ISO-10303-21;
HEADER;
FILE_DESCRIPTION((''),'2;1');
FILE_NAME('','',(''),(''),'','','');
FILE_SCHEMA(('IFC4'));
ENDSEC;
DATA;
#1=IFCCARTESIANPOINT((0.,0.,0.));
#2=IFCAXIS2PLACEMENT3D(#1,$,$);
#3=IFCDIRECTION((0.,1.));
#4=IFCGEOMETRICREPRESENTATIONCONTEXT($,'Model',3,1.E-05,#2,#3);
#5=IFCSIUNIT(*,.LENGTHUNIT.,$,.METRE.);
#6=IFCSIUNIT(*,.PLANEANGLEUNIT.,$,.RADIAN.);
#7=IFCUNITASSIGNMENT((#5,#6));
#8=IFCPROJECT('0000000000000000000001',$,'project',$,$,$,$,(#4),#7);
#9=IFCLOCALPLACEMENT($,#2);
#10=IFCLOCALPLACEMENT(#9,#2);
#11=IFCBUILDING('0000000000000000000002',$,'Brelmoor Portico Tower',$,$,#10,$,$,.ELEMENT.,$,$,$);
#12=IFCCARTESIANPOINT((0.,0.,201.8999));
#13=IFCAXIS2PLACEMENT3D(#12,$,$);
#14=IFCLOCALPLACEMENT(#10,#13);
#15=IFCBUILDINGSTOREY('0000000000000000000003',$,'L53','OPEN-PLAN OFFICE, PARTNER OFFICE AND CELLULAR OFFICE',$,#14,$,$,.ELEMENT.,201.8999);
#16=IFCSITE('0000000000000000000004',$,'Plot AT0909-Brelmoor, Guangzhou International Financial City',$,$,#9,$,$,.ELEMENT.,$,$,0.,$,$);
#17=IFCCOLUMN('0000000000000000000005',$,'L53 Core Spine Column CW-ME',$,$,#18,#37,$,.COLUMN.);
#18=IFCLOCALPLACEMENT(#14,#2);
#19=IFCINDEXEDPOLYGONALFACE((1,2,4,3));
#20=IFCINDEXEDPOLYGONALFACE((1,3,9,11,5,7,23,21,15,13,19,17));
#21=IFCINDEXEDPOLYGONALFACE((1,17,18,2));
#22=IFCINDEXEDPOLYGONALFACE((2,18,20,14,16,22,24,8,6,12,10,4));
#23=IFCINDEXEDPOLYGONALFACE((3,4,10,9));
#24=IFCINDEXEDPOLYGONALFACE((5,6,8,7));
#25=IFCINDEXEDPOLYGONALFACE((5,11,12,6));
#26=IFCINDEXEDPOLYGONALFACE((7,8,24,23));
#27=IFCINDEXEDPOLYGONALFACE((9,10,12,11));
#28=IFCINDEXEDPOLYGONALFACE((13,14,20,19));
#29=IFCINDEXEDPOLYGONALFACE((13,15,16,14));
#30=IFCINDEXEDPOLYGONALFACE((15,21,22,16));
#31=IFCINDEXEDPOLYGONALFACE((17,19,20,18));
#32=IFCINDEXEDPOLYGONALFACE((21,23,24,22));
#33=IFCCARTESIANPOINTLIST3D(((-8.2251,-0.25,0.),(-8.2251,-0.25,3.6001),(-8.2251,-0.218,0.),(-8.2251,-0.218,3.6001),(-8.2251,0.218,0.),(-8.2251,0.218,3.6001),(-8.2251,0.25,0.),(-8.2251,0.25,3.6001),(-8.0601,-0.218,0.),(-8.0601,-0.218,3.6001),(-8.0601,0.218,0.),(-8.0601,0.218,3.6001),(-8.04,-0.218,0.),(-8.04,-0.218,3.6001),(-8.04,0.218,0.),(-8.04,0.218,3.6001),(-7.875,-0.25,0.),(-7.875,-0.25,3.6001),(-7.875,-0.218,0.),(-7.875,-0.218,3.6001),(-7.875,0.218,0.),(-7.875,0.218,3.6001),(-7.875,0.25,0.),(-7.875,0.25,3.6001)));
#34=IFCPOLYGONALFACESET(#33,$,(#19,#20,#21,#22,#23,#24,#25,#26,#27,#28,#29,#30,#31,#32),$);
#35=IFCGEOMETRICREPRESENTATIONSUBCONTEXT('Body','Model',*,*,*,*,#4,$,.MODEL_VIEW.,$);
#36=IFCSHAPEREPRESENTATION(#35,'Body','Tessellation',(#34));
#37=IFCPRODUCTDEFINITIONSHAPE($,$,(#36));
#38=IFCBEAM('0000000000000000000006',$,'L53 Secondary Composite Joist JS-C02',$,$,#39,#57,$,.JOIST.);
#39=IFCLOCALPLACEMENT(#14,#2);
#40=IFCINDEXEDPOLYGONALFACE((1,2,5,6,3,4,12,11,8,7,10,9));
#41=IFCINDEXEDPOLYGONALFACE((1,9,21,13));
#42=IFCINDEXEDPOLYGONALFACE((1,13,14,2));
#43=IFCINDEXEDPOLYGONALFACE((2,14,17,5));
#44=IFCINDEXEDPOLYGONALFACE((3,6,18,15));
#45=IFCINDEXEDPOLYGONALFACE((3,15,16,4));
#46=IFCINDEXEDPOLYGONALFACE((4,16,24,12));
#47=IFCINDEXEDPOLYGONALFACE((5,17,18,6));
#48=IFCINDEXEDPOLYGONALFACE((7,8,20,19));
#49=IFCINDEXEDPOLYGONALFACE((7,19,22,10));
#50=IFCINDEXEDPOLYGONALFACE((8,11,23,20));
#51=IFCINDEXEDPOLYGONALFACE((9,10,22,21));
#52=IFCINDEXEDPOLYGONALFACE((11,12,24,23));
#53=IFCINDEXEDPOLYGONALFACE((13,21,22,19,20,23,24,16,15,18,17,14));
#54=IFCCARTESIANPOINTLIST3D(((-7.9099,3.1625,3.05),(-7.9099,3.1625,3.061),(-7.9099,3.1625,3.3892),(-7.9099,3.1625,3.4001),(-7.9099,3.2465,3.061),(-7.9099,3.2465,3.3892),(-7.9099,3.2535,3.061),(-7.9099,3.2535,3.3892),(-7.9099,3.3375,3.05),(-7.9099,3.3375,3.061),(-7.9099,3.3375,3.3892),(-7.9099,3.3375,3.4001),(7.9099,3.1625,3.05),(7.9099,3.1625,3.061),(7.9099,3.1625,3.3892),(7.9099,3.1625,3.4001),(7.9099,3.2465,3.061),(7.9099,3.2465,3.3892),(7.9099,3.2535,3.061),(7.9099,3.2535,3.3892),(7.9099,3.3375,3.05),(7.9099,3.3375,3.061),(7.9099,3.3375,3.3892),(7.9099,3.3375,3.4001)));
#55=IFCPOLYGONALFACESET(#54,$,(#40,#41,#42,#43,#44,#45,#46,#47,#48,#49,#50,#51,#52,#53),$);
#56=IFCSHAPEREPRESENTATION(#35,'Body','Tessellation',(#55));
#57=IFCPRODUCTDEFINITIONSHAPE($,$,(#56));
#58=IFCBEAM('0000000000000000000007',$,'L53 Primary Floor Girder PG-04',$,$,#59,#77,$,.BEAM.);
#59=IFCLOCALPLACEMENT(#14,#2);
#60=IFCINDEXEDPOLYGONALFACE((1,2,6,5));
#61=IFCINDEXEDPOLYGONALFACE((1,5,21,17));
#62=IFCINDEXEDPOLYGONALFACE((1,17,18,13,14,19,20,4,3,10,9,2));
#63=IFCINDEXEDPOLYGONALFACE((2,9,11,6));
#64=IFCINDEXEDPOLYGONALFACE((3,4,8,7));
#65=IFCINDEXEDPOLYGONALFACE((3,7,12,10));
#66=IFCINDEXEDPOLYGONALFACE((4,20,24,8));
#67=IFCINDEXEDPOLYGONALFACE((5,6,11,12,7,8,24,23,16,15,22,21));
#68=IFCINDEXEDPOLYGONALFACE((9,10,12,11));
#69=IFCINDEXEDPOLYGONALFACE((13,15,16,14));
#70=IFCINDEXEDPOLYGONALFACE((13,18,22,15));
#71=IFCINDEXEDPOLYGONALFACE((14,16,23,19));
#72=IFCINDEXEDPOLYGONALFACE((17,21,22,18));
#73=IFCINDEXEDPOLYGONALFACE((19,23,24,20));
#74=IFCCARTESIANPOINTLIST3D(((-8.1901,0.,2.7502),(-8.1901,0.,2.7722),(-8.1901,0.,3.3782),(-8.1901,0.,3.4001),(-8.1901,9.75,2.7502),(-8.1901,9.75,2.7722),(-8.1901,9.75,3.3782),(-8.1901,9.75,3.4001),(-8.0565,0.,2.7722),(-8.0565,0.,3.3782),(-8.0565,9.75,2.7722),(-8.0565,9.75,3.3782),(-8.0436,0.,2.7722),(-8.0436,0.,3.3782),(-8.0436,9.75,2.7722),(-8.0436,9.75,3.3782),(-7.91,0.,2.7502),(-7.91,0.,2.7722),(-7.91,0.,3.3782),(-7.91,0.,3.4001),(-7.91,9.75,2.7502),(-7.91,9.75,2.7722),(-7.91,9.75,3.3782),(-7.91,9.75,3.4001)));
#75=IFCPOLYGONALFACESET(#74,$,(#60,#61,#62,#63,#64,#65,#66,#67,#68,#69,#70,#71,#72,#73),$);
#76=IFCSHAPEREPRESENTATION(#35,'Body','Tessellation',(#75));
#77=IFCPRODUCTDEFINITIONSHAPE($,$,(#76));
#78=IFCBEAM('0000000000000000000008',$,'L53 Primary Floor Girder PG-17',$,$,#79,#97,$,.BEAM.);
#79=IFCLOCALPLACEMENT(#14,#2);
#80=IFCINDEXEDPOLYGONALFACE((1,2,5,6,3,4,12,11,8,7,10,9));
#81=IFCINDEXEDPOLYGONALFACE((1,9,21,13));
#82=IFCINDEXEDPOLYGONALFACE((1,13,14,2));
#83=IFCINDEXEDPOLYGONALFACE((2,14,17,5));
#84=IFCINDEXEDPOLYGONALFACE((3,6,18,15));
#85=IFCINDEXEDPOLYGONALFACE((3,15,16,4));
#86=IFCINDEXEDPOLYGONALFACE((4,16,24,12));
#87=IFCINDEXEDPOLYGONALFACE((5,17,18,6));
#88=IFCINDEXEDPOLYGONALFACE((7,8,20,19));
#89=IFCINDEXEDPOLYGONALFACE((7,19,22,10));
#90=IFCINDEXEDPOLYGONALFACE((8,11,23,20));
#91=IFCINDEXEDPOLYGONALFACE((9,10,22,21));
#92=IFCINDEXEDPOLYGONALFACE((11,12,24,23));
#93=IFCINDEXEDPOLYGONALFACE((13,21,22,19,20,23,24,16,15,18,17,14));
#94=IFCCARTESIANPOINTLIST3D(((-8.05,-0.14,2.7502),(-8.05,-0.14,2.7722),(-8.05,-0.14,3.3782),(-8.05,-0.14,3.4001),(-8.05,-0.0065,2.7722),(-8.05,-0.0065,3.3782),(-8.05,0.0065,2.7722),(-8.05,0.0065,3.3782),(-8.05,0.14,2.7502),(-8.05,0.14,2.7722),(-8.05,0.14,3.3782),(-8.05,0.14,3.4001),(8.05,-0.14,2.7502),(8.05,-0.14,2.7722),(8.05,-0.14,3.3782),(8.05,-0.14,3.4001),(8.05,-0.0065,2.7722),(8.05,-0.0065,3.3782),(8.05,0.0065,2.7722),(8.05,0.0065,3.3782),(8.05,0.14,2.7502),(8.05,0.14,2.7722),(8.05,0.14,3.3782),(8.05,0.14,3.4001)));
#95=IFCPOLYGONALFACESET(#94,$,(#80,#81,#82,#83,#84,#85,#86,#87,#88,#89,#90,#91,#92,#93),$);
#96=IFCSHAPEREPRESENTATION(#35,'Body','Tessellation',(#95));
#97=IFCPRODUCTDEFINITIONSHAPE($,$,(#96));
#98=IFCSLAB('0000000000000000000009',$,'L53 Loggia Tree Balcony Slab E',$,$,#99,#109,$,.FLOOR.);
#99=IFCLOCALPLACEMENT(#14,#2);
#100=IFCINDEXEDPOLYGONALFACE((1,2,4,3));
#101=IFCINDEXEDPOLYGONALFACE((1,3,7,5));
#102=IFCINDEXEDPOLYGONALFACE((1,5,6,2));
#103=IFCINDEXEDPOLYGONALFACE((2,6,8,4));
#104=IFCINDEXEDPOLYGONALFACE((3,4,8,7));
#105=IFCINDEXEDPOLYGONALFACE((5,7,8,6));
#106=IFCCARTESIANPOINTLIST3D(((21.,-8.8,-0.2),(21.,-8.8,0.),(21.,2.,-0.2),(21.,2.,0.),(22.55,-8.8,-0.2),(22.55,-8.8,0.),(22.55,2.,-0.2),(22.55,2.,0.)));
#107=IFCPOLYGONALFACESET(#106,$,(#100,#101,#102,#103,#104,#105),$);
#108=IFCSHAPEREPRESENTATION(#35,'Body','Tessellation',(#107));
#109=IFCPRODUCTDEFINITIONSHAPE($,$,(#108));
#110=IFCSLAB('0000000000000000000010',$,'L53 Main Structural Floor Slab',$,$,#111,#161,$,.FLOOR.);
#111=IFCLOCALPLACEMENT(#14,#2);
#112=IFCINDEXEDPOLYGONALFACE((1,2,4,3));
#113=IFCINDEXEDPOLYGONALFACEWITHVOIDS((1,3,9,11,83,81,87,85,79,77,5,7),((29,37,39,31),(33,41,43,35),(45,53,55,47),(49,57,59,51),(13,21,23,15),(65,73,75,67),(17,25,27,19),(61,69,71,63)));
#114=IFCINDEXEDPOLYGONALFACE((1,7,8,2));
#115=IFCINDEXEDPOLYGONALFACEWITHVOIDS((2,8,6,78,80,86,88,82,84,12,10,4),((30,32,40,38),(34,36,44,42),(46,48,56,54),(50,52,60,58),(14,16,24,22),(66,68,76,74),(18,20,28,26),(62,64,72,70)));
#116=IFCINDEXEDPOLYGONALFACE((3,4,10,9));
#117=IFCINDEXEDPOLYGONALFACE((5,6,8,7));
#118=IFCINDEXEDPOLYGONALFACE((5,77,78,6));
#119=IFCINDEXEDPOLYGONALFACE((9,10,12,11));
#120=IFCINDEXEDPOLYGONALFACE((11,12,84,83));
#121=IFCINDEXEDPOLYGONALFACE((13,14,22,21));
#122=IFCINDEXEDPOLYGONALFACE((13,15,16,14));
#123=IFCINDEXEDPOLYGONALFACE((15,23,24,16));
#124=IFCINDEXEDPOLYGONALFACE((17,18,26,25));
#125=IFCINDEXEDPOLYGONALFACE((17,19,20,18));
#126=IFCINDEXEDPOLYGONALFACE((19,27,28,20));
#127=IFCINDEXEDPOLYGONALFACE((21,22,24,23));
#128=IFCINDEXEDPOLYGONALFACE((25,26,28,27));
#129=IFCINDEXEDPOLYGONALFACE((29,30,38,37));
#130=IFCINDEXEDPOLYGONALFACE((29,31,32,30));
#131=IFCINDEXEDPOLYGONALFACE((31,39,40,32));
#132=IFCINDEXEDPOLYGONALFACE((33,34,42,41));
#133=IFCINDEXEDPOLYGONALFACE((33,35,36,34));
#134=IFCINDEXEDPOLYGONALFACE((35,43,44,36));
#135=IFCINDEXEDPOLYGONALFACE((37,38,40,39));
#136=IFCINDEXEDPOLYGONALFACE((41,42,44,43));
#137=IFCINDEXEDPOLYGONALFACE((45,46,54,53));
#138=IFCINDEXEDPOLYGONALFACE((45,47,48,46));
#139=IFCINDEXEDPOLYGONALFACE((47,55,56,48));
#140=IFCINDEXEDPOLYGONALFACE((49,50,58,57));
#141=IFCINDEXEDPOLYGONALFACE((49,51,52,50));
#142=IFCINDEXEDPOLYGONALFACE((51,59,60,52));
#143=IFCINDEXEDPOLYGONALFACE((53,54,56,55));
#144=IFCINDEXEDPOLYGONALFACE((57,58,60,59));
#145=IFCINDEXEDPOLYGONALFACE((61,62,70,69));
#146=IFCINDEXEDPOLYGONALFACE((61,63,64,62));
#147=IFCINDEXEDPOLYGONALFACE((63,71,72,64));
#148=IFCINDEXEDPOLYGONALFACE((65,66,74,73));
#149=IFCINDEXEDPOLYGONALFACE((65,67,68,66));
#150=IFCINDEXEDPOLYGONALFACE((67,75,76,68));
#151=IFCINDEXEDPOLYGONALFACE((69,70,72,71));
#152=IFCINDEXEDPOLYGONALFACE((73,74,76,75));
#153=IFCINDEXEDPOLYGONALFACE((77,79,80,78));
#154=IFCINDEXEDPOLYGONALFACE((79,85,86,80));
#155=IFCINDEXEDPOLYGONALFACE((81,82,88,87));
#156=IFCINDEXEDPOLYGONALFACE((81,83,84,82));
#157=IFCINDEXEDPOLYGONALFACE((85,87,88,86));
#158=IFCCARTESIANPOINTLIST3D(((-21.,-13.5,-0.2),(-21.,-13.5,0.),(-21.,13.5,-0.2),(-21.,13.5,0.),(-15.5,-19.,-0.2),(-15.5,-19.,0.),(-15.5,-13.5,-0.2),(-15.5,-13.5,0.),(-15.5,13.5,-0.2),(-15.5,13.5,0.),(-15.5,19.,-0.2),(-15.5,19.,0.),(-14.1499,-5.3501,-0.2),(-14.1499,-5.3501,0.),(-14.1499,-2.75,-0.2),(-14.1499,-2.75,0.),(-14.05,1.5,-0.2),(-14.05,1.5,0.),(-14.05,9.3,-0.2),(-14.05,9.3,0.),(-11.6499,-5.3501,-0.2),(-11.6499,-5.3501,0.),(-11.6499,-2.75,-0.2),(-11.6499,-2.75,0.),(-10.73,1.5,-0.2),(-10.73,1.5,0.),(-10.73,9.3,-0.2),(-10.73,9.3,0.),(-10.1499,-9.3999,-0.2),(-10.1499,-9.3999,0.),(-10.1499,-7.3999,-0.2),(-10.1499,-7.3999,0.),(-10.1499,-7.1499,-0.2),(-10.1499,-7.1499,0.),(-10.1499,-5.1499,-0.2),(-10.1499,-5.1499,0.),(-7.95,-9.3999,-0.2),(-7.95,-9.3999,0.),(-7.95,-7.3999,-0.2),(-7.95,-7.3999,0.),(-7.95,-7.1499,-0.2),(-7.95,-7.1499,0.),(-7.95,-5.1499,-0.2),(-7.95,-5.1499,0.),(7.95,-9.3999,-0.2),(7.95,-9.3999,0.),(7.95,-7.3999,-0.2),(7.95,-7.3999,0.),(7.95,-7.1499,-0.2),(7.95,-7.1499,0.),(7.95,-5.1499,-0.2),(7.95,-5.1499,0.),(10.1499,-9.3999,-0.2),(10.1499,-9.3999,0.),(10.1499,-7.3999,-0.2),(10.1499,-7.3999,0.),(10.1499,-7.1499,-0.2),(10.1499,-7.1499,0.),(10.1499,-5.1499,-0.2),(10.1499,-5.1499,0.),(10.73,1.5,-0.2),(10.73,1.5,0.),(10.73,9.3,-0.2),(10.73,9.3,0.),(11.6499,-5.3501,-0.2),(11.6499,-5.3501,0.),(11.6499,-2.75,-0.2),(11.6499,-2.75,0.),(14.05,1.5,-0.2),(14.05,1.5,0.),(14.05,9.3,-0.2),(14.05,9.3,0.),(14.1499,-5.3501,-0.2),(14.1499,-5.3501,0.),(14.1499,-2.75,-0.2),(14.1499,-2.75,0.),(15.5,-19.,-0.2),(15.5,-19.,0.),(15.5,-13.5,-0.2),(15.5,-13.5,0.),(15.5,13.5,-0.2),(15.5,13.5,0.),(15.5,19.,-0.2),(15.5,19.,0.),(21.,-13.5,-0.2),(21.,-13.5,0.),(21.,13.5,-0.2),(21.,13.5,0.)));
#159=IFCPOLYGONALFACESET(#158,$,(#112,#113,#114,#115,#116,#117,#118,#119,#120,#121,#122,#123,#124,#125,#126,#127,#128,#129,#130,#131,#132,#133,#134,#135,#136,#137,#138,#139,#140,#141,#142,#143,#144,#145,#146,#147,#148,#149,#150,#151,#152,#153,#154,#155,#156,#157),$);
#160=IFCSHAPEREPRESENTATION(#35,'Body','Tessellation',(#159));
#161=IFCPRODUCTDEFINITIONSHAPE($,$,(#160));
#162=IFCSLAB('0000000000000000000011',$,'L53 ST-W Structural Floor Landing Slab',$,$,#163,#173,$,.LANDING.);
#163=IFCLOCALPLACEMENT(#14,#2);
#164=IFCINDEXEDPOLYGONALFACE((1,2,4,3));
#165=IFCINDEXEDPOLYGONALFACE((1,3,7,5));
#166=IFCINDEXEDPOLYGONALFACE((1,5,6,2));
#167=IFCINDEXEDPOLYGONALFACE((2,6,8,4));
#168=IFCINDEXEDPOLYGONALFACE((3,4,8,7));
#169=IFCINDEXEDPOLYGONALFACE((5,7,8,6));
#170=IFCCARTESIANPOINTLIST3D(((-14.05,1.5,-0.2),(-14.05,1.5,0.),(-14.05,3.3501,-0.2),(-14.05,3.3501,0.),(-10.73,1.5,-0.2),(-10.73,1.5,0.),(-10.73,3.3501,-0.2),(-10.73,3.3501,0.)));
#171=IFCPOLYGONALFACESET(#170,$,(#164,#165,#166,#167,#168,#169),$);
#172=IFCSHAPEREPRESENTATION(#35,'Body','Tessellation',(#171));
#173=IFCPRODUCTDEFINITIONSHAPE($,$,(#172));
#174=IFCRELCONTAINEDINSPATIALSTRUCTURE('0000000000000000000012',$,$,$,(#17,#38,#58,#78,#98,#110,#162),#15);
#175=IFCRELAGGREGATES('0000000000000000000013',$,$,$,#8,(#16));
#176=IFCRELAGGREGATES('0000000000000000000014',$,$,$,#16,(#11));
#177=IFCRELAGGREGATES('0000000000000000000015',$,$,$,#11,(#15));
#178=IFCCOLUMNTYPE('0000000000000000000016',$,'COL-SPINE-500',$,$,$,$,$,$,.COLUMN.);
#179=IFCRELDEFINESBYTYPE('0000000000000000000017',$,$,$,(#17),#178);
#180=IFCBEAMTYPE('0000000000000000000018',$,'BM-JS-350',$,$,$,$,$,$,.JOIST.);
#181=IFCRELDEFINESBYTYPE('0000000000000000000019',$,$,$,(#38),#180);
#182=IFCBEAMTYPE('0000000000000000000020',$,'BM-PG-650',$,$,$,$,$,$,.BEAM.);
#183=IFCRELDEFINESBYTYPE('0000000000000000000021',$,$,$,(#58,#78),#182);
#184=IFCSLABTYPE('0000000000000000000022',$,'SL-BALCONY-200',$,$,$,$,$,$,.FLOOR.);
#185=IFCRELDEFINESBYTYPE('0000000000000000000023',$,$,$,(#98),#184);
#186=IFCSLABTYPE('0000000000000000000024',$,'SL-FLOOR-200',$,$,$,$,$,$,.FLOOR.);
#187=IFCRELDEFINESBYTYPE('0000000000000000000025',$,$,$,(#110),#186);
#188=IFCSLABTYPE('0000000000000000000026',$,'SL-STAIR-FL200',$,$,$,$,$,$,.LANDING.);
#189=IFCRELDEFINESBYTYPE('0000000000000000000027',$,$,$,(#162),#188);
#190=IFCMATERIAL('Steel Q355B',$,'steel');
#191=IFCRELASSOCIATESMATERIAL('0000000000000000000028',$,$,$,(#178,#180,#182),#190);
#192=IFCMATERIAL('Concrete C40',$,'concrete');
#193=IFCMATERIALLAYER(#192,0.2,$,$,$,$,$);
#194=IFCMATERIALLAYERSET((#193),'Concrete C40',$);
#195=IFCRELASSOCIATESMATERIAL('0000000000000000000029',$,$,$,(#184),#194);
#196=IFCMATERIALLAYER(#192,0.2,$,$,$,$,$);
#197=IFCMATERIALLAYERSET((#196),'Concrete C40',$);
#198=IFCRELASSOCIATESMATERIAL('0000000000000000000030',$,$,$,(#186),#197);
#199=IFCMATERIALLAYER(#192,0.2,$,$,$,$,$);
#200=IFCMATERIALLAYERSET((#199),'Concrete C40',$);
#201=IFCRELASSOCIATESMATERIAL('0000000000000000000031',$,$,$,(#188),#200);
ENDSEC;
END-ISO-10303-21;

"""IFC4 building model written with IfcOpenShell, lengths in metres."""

from ifc_helpers import new_model, si_unit, direction, frame, origin, origin_2d, place, context, subcontext, project, spatial, polyline, i_section, outline, extrude, material, layer, layer_set, material_profile, profile_set, type_object, element, save


model = new_model("IFC4")

# Units and contexts
model_context = context("Model", 3, precision=1e-05, world=origin(), true_north=direction((0.0, 1.0)))
body_context = subcontext(model_context, "Body", "Model", "MODEL_VIEW")
ifc_project = project(units=[si_unit("LENGTHUNIT", "METRE"), si_unit("PLANEANGLEUNIT", "RADIAN")], contexts=[model_context])

# Site, building, storey
site_placement = place(None, origin())
site = spatial("IfcSite", under=ifc_project, at=site_placement, Name="Plot AT0909-Brelmoor, Guangzhou International Financial City", CompositionType="ELEMENT", RefElevation=0.0)
building_placement = place(site_placement, origin())
building = spatial("IfcBuilding", under=site, at=building_placement, Name="Brelmoor Portico Tower", CompositionType="ELEMENT")
storey_placement = place(building_placement, frame((0.0, 0.0, 201.8999)))
storey = spatial("IfcBuildingStorey", under=building, at=storey_placement, Name="L53", Description="OPEN-PLAN OFFICE, PARTNER OFFICE AND CELLULAR OFFICE", CompositionType="ELEMENT", Elevation=201.8999)

# Column
ifc_material_1 = material(Name="Steel Q355B", Category="steel")
ifc_material_profile_1 = material_profile(ifc_material_1, i_section(OverallWidth=0.3501, OverallDepth=0.5, WebThickness=0.02, FlangeThickness=0.032, at=origin_2d()), Name="HW 500x350x20x32")
ifc_profile_set_1 = profile_set([ifc_material_profile_1], Name="Steel Q355B")
column_type = type_object("IfcColumnType", Name="COL-SPINE-500", PredefinedType="COLUMN", material=ifc_profile_set_1)
column_placement = place(storey_placement, frame((-8.05, 0.0, 0.0), z_axis=(0.0, 0.0, 1.0), x_axis=(1.0, 0.0, 0.0)))
element("IfcColumn", 1, at=column_placement, inside=storey, type_object=column_type, Name="L53 Core Spine Column CW-ME", PredefinedType="COLUMN", context=body_context, shape_type="SweptSolid", body=[
    extrude(i_section(OverallWidth=0.3501, OverallDepth=0.5, WebThickness=0.02, FlangeThickness=0.032, at=origin_2d()), origin(), (0.0, 0.0, 1.0), 3.6001),
])

# Beams
ifc_material_profile_2 = material_profile(ifc_material_1, i_section(OverallWidth=0.175, OverallDepth=0.3501, WebThickness=0.0071, FlangeThickness=0.011, at=origin_2d()), Name="HN 350x175x7x11")
ifc_profile_set_2 = profile_set([ifc_material_profile_2], Name="Steel Q355B")
beam_type_1 = type_object("IfcBeamType", Name="BM-JS-350", PredefinedType="JOIST", material=ifc_profile_set_2)
beam_1_placement = place(storey_placement, frame((-7.9099, 3.25, 3.2251), z_axis=(1.0, 0.0, 0.0), x_axis=(0.0, 1.0, 0.0)))
element("IfcBeam", 2, at=beam_1_placement, inside=storey, type_object=beam_type_1, Name="L53 Secondary Composite Joist JS-C02", PredefinedType="JOIST", context=body_context, shape_type="SweptSolid", body=[
    extrude(i_section(OverallWidth=0.175, OverallDepth=0.3501, WebThickness=0.0071, FlangeThickness=0.011, at=origin_2d()), origin(), (0.0, 0.0, 1.0), 15.8198),
])
ifc_material_profile_3 = material_profile(ifc_material_1, i_section(OverallWidth=0.28, OverallDepth=0.6499, WebThickness=0.0129, FlangeThickness=0.022, at=origin_2d()), Name="HN 650x280x13x22")
ifc_profile_set_3 = profile_set([ifc_material_profile_3], Name="Steel Q355B")
beam_type_2 = type_object("IfcBeamType", Name="BM-PG-650", PredefinedType="BEAM", material=ifc_profile_set_3)
beam_2_placement = place(storey_placement, frame((-8.05, 0.0, 3.0752), z_axis=(0.0, 1.0, 0.0), x_axis=(-1.0, 0.0, 0.0)))
element("IfcBeam", 3, at=beam_2_placement, inside=storey, type_object=beam_type_2, Name="L53 Primary Floor Girder PG-04", PredefinedType="BEAM", context=body_context, shape_type="SweptSolid", body=[
    extrude(i_section(OverallWidth=0.28, OverallDepth=0.6499, WebThickness=0.0129, FlangeThickness=0.022, at=origin_2d()), origin(), (0.0, 0.0, 1.0), 9.75),
])
beam_3_placement = place(storey_placement, frame((-8.05, 0.0, 3.0752), z_axis=(1.0, 0.0, 0.0), x_axis=(0.0, 1.0, 0.0)))
element("IfcBeam", 4, at=beam_3_placement, inside=storey, type_object=beam_type_2, Name="L53 Primary Floor Girder PG-17", PredefinedType="BEAM", context=body_context, shape_type="SweptSolid", body=[
    extrude(i_section(OverallWidth=0.28, OverallDepth=0.6499, WebThickness=0.0129, FlangeThickness=0.022, at=origin_2d()), origin(), (0.0, 0.0, 1.0), 16.1001),
])

# Slabs
ifc_material_2 = material(Name="Concrete C40", Category="concrete")
ifc_layer_1 = layer(ifc_material_2, 0.2)
ifc_layer_set_1 = layer_set([ifc_layer_1], Name="Concrete C40")
slab_type_1 = type_object("IfcSlabType", Name="SL-BALCONY-200", PredefinedType="FLOOR", material=ifc_layer_set_1)
slab_1_placement = place(storey_placement, frame((0.0, 0.0, -0.2)))
element("IfcSlab", 5, at=slab_1_placement, inside=storey, type_object=slab_type_1, Name="L53 Loggia Tree Balcony Slab E", PredefinedType="FLOOR", context=body_context, shape_type="SweptSolid", body=[
    extrude(outline(polyline([(21.0, -8.8), (22.55, -8.8), (22.55, 2.0), (21.0, 2.0), (21.0, -8.8)])), origin(), (0.0, 0.0, 1.0), 0.2),
])
ifc_layer_2 = layer(ifc_material_2, 0.2)
ifc_layer_set_2 = layer_set([ifc_layer_2], Name="Concrete C40")
slab_type_2 = type_object("IfcSlabType", Name="SL-FLOOR-200", PredefinedType="FLOOR", material=ifc_layer_set_2)
slab_2_placement = place(storey_placement, frame((0.0, 0.0, -0.2)))
element("IfcSlab", 6, at=slab_2_placement, inside=storey, type_object=slab_type_2, Name="L53 Main Structural Floor Slab", PredefinedType="FLOOR", context=body_context, shape_type="SweptSolid", body=[
    extrude(outline(polyline([(-15.5, -19.0), (15.5, -19.0), (15.5, -13.5), (21.0, -13.5), (21.0, 13.5), (15.5, 13.5), (15.5, 19.0), (-15.5, 19.0), (-15.5, 13.5), (-21.0, 13.5), (-21.0, -13.5), (-15.5, -13.5), (-15.5, -19.0)]), holes=[polyline([(-10.73, 1.5), (-10.73, 9.3), (-14.05, 9.3), (-14.05, 1.5), (-10.73, 1.5)]), polyline([(14.05, 1.5), (14.05, 9.3), (10.73, 9.3), (10.73, 1.5), (14.05, 1.5)]), polyline([(-10.1499, -9.3999), (-7.95, -9.3999), (-7.95, -7.3999), (-10.1499, -7.3999), (-10.1499, -9.3999)]), polyline([(-10.1499, -7.1499), (-7.95, -7.1499), (-7.95, -5.1499), (-10.1499, -5.1499), (-10.1499, -7.1499)]), polyline([(7.95, -9.3999), (10.1499, -9.3999), (10.1499, -7.3999), (7.95, -7.3999), (7.95, -9.3999)]), polyline([(7.95, -7.1499), (10.1499, -7.1499), (10.1499, -5.1499), (7.95, -5.1499), (7.95, -7.1499)]), polyline([(-14.1499, -5.3501), (-11.6499, -5.3501), (-11.6499, -2.75), (-14.1499, -2.75), (-14.1499, -5.3501)]), polyline([(11.6499, -5.3501), (14.1499, -5.3501), (14.1499, -2.75), (11.6499, -2.75), (11.6499, -5.3501)])]), origin(), (0.0, 0.0, 1.0), 0.2),
])
ifc_layer_3 = layer(ifc_material_2, 0.2)
ifc_layer_set_3 = layer_set([ifc_layer_3], Name="Concrete C40")
slab_type_3 = type_object("IfcSlabType", Name="SL-STAIR-FL200", PredefinedType="LANDING", material=ifc_layer_set_3)
slab_3_placement = place(storey_placement, frame((0.0, 0.0, -0.2)))
element("IfcSlab", 7, at=slab_3_placement, inside=storey, type_object=slab_type_3, Name="L53 ST-W Structural Floor Landing Slab", PredefinedType="LANDING", context=body_context, shape_type="SweptSolid", body=[
    extrude(outline(polyline([(-10.73, 1.5), (-10.73, 3.3501), (-14.05, 3.3501), (-14.05, 1.5), (-10.73, 1.5)])), origin(), (0.0, 0.0, 1.0), 0.2),
])

save(model, "model.ifc")
